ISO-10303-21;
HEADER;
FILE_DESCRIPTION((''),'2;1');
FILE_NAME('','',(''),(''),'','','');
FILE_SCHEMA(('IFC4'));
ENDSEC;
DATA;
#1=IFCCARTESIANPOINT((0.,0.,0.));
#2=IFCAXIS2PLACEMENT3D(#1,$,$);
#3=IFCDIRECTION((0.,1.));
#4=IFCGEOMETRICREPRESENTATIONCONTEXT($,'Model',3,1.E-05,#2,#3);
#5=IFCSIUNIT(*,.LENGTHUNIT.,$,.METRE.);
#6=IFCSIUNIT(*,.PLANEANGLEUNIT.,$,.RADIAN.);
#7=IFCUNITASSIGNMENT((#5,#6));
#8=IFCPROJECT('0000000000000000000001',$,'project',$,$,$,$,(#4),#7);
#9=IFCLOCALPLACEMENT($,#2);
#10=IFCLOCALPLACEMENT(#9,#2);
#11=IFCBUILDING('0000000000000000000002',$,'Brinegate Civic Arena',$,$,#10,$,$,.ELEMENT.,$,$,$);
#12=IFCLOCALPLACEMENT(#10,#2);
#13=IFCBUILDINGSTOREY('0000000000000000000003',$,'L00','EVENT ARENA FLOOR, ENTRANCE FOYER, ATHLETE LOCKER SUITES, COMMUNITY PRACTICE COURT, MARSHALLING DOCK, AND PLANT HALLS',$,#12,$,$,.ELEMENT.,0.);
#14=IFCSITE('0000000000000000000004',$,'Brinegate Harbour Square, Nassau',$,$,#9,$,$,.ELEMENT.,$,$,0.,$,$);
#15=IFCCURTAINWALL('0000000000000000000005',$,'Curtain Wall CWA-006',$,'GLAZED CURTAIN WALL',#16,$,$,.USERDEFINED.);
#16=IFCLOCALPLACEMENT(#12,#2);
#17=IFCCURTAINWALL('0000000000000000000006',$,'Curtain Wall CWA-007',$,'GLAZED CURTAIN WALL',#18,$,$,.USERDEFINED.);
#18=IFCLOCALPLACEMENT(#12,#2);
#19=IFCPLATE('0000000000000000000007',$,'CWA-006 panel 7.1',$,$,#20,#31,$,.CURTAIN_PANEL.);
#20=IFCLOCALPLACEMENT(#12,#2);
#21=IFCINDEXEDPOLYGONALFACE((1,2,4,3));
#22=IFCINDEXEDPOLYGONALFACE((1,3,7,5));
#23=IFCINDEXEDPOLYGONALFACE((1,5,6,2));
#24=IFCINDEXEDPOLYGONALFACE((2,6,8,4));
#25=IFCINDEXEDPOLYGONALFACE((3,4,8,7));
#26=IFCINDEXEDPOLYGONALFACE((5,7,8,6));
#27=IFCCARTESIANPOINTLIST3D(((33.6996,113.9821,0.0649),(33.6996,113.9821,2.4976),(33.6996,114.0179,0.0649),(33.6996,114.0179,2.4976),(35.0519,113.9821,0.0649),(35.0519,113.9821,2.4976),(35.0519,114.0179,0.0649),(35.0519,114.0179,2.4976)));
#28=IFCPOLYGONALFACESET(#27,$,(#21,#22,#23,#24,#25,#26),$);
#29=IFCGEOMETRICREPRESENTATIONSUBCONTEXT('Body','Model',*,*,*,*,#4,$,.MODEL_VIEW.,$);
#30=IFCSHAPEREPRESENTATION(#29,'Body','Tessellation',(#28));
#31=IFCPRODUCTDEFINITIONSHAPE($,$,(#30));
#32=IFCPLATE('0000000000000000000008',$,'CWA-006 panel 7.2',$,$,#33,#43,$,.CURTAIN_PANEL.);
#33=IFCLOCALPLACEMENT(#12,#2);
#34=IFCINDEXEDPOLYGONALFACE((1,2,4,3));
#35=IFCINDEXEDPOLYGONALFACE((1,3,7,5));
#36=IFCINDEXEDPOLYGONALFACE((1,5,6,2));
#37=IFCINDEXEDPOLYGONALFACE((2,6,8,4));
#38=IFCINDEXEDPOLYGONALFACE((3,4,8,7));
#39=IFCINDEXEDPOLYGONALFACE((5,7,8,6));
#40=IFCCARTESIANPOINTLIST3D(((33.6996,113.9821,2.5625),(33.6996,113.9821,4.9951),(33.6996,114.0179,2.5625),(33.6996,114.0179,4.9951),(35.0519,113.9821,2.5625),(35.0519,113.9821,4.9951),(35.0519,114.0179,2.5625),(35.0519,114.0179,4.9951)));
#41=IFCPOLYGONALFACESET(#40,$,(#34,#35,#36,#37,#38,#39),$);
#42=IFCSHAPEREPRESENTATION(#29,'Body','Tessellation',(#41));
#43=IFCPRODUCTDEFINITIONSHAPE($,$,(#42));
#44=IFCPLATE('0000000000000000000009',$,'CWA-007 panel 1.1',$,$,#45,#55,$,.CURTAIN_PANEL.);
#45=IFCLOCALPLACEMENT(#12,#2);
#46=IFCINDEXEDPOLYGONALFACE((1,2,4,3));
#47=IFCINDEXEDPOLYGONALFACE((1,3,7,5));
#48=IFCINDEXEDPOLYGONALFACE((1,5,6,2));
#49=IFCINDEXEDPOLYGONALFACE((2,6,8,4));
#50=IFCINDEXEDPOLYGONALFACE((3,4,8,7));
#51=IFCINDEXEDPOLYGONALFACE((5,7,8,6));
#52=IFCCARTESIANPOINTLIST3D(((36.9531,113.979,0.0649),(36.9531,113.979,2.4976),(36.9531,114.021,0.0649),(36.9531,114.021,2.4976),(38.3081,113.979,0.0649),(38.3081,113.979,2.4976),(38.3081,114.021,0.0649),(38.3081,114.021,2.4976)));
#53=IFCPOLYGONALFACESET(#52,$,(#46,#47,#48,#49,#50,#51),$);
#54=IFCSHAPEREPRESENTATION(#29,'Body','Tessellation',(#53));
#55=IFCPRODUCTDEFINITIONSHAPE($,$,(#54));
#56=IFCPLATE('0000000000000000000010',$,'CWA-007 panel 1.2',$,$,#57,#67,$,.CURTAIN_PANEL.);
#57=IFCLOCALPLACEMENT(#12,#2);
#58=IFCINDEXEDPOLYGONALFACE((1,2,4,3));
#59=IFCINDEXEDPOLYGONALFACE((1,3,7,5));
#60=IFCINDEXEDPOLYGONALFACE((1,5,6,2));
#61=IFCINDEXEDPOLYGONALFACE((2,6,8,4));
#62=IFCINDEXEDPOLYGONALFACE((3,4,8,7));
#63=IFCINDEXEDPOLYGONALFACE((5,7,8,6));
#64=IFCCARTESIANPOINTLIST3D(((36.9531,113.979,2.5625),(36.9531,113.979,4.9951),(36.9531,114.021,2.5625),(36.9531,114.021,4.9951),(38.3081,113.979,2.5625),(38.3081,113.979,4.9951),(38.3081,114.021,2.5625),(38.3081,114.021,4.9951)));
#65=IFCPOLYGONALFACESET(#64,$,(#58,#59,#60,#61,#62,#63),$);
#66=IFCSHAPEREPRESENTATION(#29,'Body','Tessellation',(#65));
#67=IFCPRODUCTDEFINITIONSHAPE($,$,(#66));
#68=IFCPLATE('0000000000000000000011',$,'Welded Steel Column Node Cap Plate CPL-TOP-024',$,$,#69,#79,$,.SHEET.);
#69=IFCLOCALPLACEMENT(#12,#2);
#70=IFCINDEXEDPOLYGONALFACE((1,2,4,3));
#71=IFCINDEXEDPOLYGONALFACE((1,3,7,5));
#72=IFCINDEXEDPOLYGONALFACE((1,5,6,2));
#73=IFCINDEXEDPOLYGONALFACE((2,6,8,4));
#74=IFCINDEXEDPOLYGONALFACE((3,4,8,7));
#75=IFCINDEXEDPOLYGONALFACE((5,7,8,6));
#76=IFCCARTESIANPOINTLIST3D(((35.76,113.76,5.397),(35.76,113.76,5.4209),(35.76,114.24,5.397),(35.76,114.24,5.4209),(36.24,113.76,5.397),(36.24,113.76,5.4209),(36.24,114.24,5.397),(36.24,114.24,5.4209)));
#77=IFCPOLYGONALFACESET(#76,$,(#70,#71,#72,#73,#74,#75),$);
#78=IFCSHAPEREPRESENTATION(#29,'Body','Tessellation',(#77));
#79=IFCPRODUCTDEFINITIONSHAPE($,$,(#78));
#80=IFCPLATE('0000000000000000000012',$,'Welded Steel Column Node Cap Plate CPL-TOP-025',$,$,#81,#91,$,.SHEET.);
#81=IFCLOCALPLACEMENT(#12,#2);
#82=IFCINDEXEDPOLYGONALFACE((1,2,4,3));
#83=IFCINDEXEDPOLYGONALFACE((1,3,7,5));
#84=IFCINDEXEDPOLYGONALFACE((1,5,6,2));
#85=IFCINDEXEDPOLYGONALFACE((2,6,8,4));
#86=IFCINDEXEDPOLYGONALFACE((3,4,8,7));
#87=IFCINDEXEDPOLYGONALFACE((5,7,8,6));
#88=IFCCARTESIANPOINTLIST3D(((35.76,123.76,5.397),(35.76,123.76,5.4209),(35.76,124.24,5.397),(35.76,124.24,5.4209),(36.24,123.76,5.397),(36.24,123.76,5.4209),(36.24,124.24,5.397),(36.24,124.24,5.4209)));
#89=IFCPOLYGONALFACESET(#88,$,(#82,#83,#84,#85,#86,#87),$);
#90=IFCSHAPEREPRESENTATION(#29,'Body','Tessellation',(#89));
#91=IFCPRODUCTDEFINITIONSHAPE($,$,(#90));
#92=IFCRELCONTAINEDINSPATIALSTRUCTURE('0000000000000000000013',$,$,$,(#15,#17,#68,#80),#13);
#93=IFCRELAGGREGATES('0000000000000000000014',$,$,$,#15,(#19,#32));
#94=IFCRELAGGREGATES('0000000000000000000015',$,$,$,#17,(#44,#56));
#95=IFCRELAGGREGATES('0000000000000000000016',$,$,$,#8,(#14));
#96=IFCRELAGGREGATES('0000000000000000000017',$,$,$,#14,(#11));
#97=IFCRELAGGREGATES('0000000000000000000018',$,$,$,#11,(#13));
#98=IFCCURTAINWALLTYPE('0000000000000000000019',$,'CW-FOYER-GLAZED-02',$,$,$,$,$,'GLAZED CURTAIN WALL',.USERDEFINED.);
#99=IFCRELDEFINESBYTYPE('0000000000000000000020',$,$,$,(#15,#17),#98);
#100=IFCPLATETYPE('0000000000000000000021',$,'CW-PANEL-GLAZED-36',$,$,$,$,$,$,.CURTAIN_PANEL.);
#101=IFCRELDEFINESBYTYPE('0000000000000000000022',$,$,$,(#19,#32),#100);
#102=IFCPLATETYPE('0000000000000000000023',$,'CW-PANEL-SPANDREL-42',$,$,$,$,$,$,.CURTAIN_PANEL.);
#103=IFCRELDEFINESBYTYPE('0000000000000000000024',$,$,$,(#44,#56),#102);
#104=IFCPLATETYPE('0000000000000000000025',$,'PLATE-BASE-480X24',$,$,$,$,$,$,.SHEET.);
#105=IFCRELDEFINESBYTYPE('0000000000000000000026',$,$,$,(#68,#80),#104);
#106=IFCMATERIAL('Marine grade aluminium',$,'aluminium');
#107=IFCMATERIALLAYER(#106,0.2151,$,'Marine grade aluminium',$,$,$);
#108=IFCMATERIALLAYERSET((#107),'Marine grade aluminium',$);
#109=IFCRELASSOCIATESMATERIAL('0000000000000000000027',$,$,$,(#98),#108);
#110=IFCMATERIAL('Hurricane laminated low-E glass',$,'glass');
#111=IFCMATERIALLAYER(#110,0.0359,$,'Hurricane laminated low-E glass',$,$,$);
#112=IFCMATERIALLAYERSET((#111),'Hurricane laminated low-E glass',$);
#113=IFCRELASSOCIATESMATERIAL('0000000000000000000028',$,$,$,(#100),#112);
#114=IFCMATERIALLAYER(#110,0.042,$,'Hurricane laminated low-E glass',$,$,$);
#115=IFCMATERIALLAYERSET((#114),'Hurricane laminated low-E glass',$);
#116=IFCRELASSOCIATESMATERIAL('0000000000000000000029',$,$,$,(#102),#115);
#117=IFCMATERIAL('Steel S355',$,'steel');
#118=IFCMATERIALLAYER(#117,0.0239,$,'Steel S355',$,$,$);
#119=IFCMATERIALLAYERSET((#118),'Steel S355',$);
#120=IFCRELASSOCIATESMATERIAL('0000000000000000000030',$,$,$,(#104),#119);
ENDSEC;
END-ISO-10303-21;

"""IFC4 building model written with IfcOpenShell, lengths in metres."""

from ifc_helpers import new_model, si_unit, direction, frame, origin, origin_2d, place, context, subcontext, project, spatial, rectangle, extrude, material, layer, layer_set, type_object, element, aggregate, save


model = new_model("IFC4")

# Units and contexts
model_context = context("Model", 3, precision=1e-05, world=origin(), true_north=direction((0.0, 1.0)))
body_context = subcontext(model_context, "Body", "Model", "MODEL_VIEW")
ifc_project = project(units=[si_unit("LENGTHUNIT", "METRE"), si_unit("PLANEANGLEUNIT", "RADIAN")], contexts=[model_context])

# Site, building, storey
site_placement = place(None, origin())
site = spatial("IfcSite", under=ifc_project, at=site_placement, Name="Brinegate Harbour Square, Nassau", CompositionType="ELEMENT", RefElevation=0.0)
building_placement = place(site_placement, origin())
building = spatial("IfcBuilding", under=site, at=building_placement, Name="Brinegate Civic Arena", CompositionType="ELEMENT")
storey_placement = place(building_placement, origin())
storey = spatial("IfcBuildingStorey", under=building, at=storey_placement, Name="L00", Description="EVENT ARENA FLOOR, ENTRANCE FOYER, ATHLETE LOCKER SUITES, COMMUNITY PRACTICE COURT, MARSHALLING DOCK, AND PLANT HALLS", CompositionType="ELEMENT", Elevation=0.0)

# Shared definitions
ifc_material_1 = material(Name="Steel S355", Category="steel")

# Curtain walls
ifc_material_2 = material(Name="Marine grade aluminium", Category="aluminium")
ifc_layer_1 = layer(ifc_material_2, 0.2151, Name="Marine grade aluminium")
ifc_layer_set_1 = layer_set([ifc_layer_1], Name="Marine grade aluminium")
curtain_wall_type = type_object("IfcCurtainWallType", Name="CW-FOYER-GLAZED-02", ElementType="GLAZED CURTAIN WALL", PredefinedType="USERDEFINED", material=ifc_layer_set_1)
curtain_wall_1_placement = place(storey_placement, origin())
curtain_wall_1 = element("IfcCurtainWall", 1, at=curtain_wall_1_placement, inside=storey, type_object=curtain_wall_type, Name="Curtain Wall CWA-006", ObjectType="GLAZED CURTAIN WALL", PredefinedType="USERDEFINED")
curtain_wall_2_placement = place(storey_placement, origin())
curtain_wall_2 = element("IfcCurtainWall", 2, at=curtain_wall_2_placement, inside=storey, type_object=curtain_wall_type, Name="Curtain Wall CWA-007", ObjectType="GLAZED CURTAIN WALL", PredefinedType="USERDEFINED")

# Plates
ifc_material_3 = material(Name="Hurricane laminated low-E glass", Category="glass")
ifc_layer_2 = layer(ifc_material_3, 0.0359, Name="Hurricane laminated low-E glass")
ifc_layer_set_2 = layer_set([ifc_layer_2], Name="Hurricane laminated low-E glass")
plate_type_1 = type_object("IfcPlateType", Name="CW-PANEL-GLAZED-36", PredefinedType="CURTAIN_PANEL", material=ifc_layer_set_2)
plate_1_placement = place(storey_placement, frame((34.3757, 114.0, 0.0649), z_axis=(0.0, 0.0, 1.0), x_axis=(1.0, 0.0, 0.0)))
plate_1 = element("IfcPlate", 3, at=plate_1_placement, type_object=plate_type_1, Name="CWA-006 panel 7.1", PredefinedType="CURTAIN_PANEL", context=body_context, shape_type="SweptSolid", body=[
    extrude(rectangle(XDim=1.3523, YDim=0.0359, at=origin_2d()), origin(), (0.0, 0.0, 1.0), 2.4326),
])
plate_2_placement = place(storey_placement, frame((34.3757, 114.0, 2.5625), z_axis=(0.0, 0.0, 1.0), x_axis=(1.0, 0.0, 0.0)))
plate_2 = element("IfcPlate", 4, at=plate_2_placement, type_object=plate_type_1, Name="CWA-006 panel 7.2", PredefinedType="CURTAIN_PANEL", context=body_context, shape_type="SweptSolid", body=[
    extrude(rectangle(XDim=1.3523, YDim=0.0359, at=origin_2d()), origin(), (0.0, 0.0, 1.0), 2.4326),
])
aggregate(curtain_wall_1, [plate_1, plate_2])
ifc_layer_3 = layer(ifc_material_3, 0.042, Name="Hurricane laminated low-E glass")
ifc_layer_set_3 = layer_set([ifc_layer_3], Name="Hurricane laminated low-E glass")
plate_type_2 = type_object("IfcPlateType", Name="CW-PANEL-SPANDREL-42", PredefinedType="CURTAIN_PANEL", material=ifc_layer_set_3)
plate_3_placement = place(storey_placement, frame((37.6306, 114.0, 0.0649), z_axis=(0.0, 0.0, 1.0), x_axis=(1.0, 0.0, 0.0)))
plate_3 = element("IfcPlate", 5, at=plate_3_placement, type_object=plate_type_2, Name="CWA-007 panel 1.1", PredefinedType="CURTAIN_PANEL", context=body_context, shape_type="SweptSolid", body=[
    extrude(rectangle(XDim=1.355, YDim=0.042, at=origin_2d()), origin(), (0.0, 0.0, 1.0), 2.4326),
])
plate_4_placement = place(storey_placement, frame((37.6306, 114.0, 2.5625), z_axis=(0.0, 0.0, 1.0), x_axis=(1.0, 0.0, 0.0)))
plate_4 = element("IfcPlate", 6, at=plate_4_placement, type_object=plate_type_2, Name="CWA-007 panel 1.2", PredefinedType="CURTAIN_PANEL", context=body_context, shape_type="SweptSolid", body=[
    extrude(rectangle(XDim=1.355, YDim=0.042, at=origin_2d()), origin(), (0.0, 0.0, 1.0), 2.4326),
])
aggregate(curtain_wall_2, [plate_3, plate_4])

# Plates
ifc_layer_4 = layer(ifc_material_1, 0.0239, Name="Steel S355")
ifc_layer_set_4 = layer_set([ifc_layer_4], Name="Steel S355")
plate_type_3 = type_object("IfcPlateType", Name="PLATE-BASE-480X24", PredefinedType="SHEET", material=ifc_layer_set_4)
for number, where, z_axis, x_axis, name in (
    (7, (36.0, 114.0, 5.397), (0.0, 0.0, 1.0), (1.0, 0.0, 0.0), "Welded Steel Column Node Cap Plate CPL-TOP-024"),
    (8, (36.0, 124.0, 5.397), (0.0, 0.0, 1.0), (1.0, 0.0, 0.0), "Welded Steel Column Node Cap Plate CPL-TOP-025"),
):
    element("IfcPlate", number, at=place(storey_placement, frame(where, z_axis=z_axis, x_axis=x_axis)), inside=storey, type_object=plate_type_3, Name=name, PredefinedType="SHEET", context=body_context, shape_type="SweptSolid", body=[
        extrude(rectangle(XDim=0.48, YDim=0.48, at=origin_2d()), origin(), (0.0, 0.0, 1.0), 0.0239),
    ])

save(model, "model.ifc")
